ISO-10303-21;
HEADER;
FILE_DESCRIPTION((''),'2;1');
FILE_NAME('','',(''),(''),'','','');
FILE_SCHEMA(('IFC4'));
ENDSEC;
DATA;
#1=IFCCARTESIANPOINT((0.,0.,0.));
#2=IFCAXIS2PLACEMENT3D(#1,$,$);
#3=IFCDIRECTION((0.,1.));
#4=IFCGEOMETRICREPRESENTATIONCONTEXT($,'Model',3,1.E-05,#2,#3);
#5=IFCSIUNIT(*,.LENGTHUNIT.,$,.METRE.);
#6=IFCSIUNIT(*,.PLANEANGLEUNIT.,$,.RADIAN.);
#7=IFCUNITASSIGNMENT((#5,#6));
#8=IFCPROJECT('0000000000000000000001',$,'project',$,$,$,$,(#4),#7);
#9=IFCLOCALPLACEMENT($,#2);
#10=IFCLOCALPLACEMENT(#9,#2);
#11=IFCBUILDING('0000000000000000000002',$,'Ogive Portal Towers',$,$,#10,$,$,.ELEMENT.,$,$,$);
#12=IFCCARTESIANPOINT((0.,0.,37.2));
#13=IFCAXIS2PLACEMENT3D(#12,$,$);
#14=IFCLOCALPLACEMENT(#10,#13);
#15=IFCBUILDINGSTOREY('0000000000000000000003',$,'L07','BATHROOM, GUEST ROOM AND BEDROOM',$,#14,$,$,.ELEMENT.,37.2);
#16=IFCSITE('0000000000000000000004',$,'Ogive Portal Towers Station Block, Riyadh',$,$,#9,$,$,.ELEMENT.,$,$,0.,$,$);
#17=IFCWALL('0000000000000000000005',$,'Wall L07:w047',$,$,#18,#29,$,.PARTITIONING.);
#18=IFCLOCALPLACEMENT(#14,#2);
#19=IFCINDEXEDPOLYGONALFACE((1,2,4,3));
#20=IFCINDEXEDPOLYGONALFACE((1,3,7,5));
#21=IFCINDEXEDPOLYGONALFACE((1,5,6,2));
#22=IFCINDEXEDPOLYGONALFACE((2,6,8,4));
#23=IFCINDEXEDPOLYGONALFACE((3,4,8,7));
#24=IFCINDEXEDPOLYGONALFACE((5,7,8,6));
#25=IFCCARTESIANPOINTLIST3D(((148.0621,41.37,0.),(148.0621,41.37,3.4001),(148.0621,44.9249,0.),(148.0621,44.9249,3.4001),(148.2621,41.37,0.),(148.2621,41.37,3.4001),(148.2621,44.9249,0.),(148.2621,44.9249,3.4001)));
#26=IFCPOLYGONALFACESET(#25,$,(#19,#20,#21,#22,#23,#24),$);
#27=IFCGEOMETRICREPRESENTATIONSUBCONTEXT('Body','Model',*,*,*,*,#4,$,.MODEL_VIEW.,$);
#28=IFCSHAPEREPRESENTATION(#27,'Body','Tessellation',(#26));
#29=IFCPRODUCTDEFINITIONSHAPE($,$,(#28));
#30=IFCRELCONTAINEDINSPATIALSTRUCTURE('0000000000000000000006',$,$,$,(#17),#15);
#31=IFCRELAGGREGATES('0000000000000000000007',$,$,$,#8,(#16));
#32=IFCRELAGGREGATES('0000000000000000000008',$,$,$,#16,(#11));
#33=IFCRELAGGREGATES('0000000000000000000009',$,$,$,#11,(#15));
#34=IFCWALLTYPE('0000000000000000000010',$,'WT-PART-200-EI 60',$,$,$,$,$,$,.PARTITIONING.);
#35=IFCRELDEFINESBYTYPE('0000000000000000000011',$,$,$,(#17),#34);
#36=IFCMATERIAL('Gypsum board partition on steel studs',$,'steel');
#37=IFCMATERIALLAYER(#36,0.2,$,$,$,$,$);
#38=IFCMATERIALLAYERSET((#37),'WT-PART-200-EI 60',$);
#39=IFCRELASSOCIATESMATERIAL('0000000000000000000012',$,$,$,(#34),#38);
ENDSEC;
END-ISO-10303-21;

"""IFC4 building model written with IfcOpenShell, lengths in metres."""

from ifc_helpers import new_model, si_unit, direction, frame, frame_2d, origin, place, context, subcontext, project, spatial, rectangle, extrude, material, layer, layer_set, type_object, element, save


model = new_model("IFC4")

# Units and contexts
model_context = context("Model", 3, precision=1e-05, world=origin(), true_north=direction((0.0, 1.0)))
body_context = subcontext(model_context, "Body", "Model", "MODEL_VIEW")
ifc_project = project(units=[si_unit("LENGTHUNIT", "METRE"), si_unit("PLANEANGLEUNIT", "RADIAN")], contexts=[model_context])

# Site, building, storey
site_placement = place(None, origin())
site = spatial("IfcSite", under=ifc_project, at=site_placement, Name="Ogive Portal Towers Station Block, Riyadh", CompositionType="ELEMENT", RefElevation=0.0)
building_placement = place(site_placement, origin())
building = spatial("IfcBuilding", under=site, at=building_placement, Name="Ogive Portal Towers", CompositionType="ELEMENT")
storey_placement = place(building_placement, frame((0.0, 0.0, 37.2)))
storey = spatial("IfcBuildingStorey", under=building, at=storey_placement, Name="L07", Description="BATHROOM, GUEST ROOM AND BEDROOM", CompositionType="ELEMENT", Elevation=37.2)

# Shared definitions
ifc_material_1 = material(Name="Gypsum board partition on steel studs", Category="steel")
ifc_layer_1 = layer(ifc_material_1, 0.2)
ifc_layer_set_1 = layer_set([ifc_layer_1], Name="WT-PART-200-EI 60")
wall_type = type_object("IfcWallType", Name="WT-PART-200-EI 60", PredefinedType="PARTITIONING", material=ifc_layer_set_1)

# Wall
wall_1_placement = place(storey_placement, frame((148.1621, 41.3701, 0.0), z_axis=(0.0, 0.0, 1.0), x_axis=(0.0, 1.0, 0.0)))
element("IfcWall", 1, at=wall_1_placement, inside=storey, type_object=wall_type, Name="Wall L07:w047", PredefinedType="PARTITIONING", context=body_context, shape_type="SweptSolid", body=[
    extrude(rectangle(XDim=3.5549, YDim=0.2, at=frame_2d((1.7773, 0.0))), origin(), (0.0, 0.0, 1.0), 3.4001),
])

save(model, "model.ifc")
